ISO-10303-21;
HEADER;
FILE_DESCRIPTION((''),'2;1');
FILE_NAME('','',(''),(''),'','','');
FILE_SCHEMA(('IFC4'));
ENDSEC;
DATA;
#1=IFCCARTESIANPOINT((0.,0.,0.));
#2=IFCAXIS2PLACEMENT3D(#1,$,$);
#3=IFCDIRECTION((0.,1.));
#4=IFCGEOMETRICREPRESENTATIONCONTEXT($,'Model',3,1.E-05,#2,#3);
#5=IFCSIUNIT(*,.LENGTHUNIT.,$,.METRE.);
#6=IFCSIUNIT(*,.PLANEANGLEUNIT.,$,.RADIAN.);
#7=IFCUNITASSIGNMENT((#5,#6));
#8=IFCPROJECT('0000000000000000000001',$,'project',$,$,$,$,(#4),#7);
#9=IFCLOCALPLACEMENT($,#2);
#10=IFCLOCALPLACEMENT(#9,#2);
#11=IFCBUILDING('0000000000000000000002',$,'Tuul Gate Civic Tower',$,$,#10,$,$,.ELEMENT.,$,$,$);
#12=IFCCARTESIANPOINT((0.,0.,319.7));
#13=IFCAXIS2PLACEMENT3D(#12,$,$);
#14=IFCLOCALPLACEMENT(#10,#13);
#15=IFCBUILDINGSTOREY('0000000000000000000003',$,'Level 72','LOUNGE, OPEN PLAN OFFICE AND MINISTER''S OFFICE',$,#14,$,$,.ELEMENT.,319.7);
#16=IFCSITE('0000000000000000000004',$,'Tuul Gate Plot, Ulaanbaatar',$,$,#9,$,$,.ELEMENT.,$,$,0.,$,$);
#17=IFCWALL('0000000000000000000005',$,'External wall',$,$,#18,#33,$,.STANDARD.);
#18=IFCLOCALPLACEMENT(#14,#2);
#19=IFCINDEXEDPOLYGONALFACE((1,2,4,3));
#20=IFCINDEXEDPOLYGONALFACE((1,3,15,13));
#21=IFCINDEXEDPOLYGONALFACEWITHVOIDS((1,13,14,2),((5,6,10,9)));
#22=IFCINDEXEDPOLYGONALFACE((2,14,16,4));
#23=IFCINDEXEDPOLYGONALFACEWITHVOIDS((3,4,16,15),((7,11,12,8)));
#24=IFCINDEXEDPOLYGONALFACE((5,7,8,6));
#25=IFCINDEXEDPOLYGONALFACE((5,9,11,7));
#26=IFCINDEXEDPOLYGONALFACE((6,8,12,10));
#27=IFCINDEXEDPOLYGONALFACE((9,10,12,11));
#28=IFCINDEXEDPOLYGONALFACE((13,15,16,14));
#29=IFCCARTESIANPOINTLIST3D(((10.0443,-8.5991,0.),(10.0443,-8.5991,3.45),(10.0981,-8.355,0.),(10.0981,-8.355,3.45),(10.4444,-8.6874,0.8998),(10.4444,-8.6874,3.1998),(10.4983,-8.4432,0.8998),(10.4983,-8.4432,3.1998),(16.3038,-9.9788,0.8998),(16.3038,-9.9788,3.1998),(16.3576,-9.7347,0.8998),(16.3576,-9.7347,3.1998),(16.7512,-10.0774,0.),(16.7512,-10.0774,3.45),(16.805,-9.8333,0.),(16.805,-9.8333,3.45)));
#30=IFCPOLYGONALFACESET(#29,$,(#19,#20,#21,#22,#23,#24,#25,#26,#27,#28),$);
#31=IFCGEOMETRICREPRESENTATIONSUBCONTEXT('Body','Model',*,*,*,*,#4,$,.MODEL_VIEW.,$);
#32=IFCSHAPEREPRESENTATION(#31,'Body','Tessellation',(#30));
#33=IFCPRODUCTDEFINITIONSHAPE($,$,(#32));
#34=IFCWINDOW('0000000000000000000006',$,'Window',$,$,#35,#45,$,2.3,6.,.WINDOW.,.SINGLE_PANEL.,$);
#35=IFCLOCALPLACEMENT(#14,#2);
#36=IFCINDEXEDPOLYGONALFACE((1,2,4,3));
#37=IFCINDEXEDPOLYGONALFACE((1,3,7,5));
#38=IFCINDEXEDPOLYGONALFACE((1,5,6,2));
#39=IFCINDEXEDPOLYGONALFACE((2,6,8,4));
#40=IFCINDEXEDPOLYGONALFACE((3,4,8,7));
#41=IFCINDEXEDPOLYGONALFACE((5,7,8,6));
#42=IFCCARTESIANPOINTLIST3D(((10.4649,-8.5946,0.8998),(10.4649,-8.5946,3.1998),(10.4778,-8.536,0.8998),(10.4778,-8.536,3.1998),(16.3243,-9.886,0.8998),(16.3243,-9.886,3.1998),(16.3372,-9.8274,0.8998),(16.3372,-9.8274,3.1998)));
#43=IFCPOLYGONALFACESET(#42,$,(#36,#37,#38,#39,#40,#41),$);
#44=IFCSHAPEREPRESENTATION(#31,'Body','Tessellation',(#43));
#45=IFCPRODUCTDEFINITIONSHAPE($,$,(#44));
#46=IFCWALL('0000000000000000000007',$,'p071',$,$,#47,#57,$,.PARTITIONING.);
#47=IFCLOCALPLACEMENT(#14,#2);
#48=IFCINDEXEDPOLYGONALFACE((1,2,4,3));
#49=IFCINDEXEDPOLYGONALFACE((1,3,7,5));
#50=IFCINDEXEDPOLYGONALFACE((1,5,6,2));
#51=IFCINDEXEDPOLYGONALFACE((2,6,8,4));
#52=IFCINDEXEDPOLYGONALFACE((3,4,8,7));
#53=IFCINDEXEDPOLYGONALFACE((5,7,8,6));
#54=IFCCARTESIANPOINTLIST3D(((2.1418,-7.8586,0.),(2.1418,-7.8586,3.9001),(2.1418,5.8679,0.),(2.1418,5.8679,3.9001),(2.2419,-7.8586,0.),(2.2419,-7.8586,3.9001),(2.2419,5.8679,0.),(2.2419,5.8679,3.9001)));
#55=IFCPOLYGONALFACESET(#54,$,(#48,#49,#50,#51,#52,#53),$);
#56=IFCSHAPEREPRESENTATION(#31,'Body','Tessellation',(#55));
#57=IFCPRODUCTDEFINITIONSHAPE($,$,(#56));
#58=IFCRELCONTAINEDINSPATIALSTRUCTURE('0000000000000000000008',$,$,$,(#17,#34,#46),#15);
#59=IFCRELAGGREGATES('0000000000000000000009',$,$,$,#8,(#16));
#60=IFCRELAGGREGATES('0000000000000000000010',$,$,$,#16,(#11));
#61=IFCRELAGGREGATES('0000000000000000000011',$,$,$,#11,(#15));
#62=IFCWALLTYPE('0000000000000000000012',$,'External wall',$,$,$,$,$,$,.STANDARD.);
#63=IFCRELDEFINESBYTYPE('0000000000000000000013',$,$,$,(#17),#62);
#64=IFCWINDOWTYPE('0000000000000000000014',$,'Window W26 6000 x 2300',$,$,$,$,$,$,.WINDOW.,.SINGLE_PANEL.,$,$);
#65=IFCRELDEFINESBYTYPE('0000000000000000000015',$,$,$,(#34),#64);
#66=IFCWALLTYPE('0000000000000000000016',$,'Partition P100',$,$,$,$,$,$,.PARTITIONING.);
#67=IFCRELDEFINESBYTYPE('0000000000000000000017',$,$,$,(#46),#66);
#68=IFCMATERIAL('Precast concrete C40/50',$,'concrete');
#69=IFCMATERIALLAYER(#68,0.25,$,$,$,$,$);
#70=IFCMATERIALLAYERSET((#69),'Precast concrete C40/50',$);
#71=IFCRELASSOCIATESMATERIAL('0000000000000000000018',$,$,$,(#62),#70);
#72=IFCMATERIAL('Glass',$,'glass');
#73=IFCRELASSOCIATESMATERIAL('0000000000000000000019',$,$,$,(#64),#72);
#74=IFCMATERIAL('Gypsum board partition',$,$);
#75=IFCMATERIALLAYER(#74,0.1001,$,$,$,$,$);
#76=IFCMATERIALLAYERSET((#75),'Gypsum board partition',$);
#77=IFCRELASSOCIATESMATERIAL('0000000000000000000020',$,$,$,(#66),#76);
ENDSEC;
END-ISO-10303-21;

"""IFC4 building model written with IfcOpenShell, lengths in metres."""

from ifc_helpers import new_model, si_unit, direction, frame, frame_2d, origin, place, context, subcontext, project, spatial, rectangle, extrude, material, layer, layer_set, type_object, element, fill, save


model = new_model("IFC4")

# Units and contexts
model_context = context("Model", 3, precision=1e-05, world=origin(), true_north=direction((0.0, 1.0)))
body_context = subcontext(model_context, "Body", "Model", "MODEL_VIEW")
ifc_project = project(units=[si_unit("LENGTHUNIT", "METRE"), si_unit("PLANEANGLEUNIT", "RADIAN")], contexts=[model_context])

# Site, building, storey
site_placement = place(None, origin())
site = spatial("IfcSite", under=ifc_project, at=site_placement, Name="Tuul Gate Plot, Ulaanbaatar", CompositionType="ELEMENT", RefElevation=0.0)
building_placement = place(site_placement, origin())
building = spatial("IfcBuilding", under=site, at=building_placement, Name="Tuul Gate Civic Tower", CompositionType="ELEMENT")
storey_placement = place(building_placement, frame((0.0, 0.0, 319.7)))
storey = spatial("IfcBuildingStorey", under=building, at=storey_placement, Name="Level 72", Description="LOUNGE, OPEN PLAN OFFICE AND MINISTER'S OFFICE", CompositionType="ELEMENT", Elevation=319.7)

# Wall, opening, window
ifc_material_1 = material(Name="Precast concrete C40/50", Category="concrete")
ifc_layer_1 = layer(ifc_material_1, 0.25)
ifc_layer_set_1 = layer_set([ifc_layer_1], Name="Precast concrete C40/50")
wall_type_1 = type_object("IfcWallType", Name="External wall", PredefinedType="STANDARD", material=ifc_layer_set_1)
ifc_material_2 = material(Name="Glass", Category="glass")
window_type = type_object("IfcWindowType", Name="Window W26 6000 x 2300", PartitioningType="SINGLE_PANEL", PredefinedType="WINDOW", material=ifc_material_2)
wall_1_placement = place(storey_placement, frame((10.071, -8.4771, 0.0), z_axis=(0.0, 0.0, 1.0), x_axis=(0.976561, -0.21524, 0.0)))
wall_1 = element("IfcWall", 1, at=wall_1_placement, inside=storey, type_object=wall_type_1, Name="External wall", PredefinedType="STANDARD", context=body_context, shape_type="SweptSolid", body=[
    extrude(rectangle(XDim=6.8679, YDim=0.25, at=frame_2d((3.4341, 0.0))), origin(), (0.0, 0.0, 1.0), 3.45),
])
opening_1_placement = place(wall_1_placement, frame((0.4099, 0.0, 0.8999)))
opening_1 = element("IfcOpeningElement", 2, at=opening_1_placement, cuts=wall_1, PredefinedType="OPENING", context=body_context, shape_type="SweptSolid", body=[
    extrude(rectangle(XDim=6.0, YDim=2.3, at=frame_2d((3.0, 1.1499))), frame((0.0, 0.135, 0.0), z_axis=(0.0, -1.0, 0.0), x_axis=(1.0, 0.0, 0.0)), (0.0, 0.0, 1.0), 0.27),
])
window_1_placement = place(opening_1_placement, origin())
window_1 = element("IfcWindow", 3, at=window_1_placement, inside=storey, type_object=window_type, Name="Window", OverallHeight=2.3, OverallWidth=6.0, PartitioningType="SINGLE_PANEL", PredefinedType="WINDOW", context=body_context, shape_type="SweptSolid", body=[
    extrude(rectangle(XDim=6.0, YDim=2.3, at=frame_2d((3.0, 1.1499))), frame((0.0, 0.03, 0.0), z_axis=(0.0, -1.0, 0.0), x_axis=(1.0, 0.0, 0.0)), (0.0, 0.0, 1.0), 0.0601),
])
fill(opening_1, window_1)

# Wall
ifc_material_3 = material(Name="Gypsum board partition")
ifc_layer_2 = layer(ifc_material_3, 0.1001)
ifc_layer_set_2 = layer_set([ifc_layer_2], Name="Gypsum board partition")
wall_type_2 = type_object("IfcWallType", Name="Partition P100", PredefinedType="PARTITIONING", material=ifc_layer_set_2)
wall_2_placement = place(storey_placement, frame((2.1919, -7.8586, 0.0), z_axis=(0.0, 0.0, 1.0), x_axis=(0.0, 1.0, 0.0)))
element("IfcWall", 4, at=wall_2_placement, inside=storey, type_object=wall_type_2, Name="p071", PredefinedType="PARTITIONING", context=body_context, shape_type="SweptSolid", body=[
    extrude(rectangle(XDim=13.7266, YDim=0.1001, at=frame_2d((6.8633, 0.0))), origin(), (0.0, 0.0, 1.0), 3.9001),
])

save(model, "model.ifc")
